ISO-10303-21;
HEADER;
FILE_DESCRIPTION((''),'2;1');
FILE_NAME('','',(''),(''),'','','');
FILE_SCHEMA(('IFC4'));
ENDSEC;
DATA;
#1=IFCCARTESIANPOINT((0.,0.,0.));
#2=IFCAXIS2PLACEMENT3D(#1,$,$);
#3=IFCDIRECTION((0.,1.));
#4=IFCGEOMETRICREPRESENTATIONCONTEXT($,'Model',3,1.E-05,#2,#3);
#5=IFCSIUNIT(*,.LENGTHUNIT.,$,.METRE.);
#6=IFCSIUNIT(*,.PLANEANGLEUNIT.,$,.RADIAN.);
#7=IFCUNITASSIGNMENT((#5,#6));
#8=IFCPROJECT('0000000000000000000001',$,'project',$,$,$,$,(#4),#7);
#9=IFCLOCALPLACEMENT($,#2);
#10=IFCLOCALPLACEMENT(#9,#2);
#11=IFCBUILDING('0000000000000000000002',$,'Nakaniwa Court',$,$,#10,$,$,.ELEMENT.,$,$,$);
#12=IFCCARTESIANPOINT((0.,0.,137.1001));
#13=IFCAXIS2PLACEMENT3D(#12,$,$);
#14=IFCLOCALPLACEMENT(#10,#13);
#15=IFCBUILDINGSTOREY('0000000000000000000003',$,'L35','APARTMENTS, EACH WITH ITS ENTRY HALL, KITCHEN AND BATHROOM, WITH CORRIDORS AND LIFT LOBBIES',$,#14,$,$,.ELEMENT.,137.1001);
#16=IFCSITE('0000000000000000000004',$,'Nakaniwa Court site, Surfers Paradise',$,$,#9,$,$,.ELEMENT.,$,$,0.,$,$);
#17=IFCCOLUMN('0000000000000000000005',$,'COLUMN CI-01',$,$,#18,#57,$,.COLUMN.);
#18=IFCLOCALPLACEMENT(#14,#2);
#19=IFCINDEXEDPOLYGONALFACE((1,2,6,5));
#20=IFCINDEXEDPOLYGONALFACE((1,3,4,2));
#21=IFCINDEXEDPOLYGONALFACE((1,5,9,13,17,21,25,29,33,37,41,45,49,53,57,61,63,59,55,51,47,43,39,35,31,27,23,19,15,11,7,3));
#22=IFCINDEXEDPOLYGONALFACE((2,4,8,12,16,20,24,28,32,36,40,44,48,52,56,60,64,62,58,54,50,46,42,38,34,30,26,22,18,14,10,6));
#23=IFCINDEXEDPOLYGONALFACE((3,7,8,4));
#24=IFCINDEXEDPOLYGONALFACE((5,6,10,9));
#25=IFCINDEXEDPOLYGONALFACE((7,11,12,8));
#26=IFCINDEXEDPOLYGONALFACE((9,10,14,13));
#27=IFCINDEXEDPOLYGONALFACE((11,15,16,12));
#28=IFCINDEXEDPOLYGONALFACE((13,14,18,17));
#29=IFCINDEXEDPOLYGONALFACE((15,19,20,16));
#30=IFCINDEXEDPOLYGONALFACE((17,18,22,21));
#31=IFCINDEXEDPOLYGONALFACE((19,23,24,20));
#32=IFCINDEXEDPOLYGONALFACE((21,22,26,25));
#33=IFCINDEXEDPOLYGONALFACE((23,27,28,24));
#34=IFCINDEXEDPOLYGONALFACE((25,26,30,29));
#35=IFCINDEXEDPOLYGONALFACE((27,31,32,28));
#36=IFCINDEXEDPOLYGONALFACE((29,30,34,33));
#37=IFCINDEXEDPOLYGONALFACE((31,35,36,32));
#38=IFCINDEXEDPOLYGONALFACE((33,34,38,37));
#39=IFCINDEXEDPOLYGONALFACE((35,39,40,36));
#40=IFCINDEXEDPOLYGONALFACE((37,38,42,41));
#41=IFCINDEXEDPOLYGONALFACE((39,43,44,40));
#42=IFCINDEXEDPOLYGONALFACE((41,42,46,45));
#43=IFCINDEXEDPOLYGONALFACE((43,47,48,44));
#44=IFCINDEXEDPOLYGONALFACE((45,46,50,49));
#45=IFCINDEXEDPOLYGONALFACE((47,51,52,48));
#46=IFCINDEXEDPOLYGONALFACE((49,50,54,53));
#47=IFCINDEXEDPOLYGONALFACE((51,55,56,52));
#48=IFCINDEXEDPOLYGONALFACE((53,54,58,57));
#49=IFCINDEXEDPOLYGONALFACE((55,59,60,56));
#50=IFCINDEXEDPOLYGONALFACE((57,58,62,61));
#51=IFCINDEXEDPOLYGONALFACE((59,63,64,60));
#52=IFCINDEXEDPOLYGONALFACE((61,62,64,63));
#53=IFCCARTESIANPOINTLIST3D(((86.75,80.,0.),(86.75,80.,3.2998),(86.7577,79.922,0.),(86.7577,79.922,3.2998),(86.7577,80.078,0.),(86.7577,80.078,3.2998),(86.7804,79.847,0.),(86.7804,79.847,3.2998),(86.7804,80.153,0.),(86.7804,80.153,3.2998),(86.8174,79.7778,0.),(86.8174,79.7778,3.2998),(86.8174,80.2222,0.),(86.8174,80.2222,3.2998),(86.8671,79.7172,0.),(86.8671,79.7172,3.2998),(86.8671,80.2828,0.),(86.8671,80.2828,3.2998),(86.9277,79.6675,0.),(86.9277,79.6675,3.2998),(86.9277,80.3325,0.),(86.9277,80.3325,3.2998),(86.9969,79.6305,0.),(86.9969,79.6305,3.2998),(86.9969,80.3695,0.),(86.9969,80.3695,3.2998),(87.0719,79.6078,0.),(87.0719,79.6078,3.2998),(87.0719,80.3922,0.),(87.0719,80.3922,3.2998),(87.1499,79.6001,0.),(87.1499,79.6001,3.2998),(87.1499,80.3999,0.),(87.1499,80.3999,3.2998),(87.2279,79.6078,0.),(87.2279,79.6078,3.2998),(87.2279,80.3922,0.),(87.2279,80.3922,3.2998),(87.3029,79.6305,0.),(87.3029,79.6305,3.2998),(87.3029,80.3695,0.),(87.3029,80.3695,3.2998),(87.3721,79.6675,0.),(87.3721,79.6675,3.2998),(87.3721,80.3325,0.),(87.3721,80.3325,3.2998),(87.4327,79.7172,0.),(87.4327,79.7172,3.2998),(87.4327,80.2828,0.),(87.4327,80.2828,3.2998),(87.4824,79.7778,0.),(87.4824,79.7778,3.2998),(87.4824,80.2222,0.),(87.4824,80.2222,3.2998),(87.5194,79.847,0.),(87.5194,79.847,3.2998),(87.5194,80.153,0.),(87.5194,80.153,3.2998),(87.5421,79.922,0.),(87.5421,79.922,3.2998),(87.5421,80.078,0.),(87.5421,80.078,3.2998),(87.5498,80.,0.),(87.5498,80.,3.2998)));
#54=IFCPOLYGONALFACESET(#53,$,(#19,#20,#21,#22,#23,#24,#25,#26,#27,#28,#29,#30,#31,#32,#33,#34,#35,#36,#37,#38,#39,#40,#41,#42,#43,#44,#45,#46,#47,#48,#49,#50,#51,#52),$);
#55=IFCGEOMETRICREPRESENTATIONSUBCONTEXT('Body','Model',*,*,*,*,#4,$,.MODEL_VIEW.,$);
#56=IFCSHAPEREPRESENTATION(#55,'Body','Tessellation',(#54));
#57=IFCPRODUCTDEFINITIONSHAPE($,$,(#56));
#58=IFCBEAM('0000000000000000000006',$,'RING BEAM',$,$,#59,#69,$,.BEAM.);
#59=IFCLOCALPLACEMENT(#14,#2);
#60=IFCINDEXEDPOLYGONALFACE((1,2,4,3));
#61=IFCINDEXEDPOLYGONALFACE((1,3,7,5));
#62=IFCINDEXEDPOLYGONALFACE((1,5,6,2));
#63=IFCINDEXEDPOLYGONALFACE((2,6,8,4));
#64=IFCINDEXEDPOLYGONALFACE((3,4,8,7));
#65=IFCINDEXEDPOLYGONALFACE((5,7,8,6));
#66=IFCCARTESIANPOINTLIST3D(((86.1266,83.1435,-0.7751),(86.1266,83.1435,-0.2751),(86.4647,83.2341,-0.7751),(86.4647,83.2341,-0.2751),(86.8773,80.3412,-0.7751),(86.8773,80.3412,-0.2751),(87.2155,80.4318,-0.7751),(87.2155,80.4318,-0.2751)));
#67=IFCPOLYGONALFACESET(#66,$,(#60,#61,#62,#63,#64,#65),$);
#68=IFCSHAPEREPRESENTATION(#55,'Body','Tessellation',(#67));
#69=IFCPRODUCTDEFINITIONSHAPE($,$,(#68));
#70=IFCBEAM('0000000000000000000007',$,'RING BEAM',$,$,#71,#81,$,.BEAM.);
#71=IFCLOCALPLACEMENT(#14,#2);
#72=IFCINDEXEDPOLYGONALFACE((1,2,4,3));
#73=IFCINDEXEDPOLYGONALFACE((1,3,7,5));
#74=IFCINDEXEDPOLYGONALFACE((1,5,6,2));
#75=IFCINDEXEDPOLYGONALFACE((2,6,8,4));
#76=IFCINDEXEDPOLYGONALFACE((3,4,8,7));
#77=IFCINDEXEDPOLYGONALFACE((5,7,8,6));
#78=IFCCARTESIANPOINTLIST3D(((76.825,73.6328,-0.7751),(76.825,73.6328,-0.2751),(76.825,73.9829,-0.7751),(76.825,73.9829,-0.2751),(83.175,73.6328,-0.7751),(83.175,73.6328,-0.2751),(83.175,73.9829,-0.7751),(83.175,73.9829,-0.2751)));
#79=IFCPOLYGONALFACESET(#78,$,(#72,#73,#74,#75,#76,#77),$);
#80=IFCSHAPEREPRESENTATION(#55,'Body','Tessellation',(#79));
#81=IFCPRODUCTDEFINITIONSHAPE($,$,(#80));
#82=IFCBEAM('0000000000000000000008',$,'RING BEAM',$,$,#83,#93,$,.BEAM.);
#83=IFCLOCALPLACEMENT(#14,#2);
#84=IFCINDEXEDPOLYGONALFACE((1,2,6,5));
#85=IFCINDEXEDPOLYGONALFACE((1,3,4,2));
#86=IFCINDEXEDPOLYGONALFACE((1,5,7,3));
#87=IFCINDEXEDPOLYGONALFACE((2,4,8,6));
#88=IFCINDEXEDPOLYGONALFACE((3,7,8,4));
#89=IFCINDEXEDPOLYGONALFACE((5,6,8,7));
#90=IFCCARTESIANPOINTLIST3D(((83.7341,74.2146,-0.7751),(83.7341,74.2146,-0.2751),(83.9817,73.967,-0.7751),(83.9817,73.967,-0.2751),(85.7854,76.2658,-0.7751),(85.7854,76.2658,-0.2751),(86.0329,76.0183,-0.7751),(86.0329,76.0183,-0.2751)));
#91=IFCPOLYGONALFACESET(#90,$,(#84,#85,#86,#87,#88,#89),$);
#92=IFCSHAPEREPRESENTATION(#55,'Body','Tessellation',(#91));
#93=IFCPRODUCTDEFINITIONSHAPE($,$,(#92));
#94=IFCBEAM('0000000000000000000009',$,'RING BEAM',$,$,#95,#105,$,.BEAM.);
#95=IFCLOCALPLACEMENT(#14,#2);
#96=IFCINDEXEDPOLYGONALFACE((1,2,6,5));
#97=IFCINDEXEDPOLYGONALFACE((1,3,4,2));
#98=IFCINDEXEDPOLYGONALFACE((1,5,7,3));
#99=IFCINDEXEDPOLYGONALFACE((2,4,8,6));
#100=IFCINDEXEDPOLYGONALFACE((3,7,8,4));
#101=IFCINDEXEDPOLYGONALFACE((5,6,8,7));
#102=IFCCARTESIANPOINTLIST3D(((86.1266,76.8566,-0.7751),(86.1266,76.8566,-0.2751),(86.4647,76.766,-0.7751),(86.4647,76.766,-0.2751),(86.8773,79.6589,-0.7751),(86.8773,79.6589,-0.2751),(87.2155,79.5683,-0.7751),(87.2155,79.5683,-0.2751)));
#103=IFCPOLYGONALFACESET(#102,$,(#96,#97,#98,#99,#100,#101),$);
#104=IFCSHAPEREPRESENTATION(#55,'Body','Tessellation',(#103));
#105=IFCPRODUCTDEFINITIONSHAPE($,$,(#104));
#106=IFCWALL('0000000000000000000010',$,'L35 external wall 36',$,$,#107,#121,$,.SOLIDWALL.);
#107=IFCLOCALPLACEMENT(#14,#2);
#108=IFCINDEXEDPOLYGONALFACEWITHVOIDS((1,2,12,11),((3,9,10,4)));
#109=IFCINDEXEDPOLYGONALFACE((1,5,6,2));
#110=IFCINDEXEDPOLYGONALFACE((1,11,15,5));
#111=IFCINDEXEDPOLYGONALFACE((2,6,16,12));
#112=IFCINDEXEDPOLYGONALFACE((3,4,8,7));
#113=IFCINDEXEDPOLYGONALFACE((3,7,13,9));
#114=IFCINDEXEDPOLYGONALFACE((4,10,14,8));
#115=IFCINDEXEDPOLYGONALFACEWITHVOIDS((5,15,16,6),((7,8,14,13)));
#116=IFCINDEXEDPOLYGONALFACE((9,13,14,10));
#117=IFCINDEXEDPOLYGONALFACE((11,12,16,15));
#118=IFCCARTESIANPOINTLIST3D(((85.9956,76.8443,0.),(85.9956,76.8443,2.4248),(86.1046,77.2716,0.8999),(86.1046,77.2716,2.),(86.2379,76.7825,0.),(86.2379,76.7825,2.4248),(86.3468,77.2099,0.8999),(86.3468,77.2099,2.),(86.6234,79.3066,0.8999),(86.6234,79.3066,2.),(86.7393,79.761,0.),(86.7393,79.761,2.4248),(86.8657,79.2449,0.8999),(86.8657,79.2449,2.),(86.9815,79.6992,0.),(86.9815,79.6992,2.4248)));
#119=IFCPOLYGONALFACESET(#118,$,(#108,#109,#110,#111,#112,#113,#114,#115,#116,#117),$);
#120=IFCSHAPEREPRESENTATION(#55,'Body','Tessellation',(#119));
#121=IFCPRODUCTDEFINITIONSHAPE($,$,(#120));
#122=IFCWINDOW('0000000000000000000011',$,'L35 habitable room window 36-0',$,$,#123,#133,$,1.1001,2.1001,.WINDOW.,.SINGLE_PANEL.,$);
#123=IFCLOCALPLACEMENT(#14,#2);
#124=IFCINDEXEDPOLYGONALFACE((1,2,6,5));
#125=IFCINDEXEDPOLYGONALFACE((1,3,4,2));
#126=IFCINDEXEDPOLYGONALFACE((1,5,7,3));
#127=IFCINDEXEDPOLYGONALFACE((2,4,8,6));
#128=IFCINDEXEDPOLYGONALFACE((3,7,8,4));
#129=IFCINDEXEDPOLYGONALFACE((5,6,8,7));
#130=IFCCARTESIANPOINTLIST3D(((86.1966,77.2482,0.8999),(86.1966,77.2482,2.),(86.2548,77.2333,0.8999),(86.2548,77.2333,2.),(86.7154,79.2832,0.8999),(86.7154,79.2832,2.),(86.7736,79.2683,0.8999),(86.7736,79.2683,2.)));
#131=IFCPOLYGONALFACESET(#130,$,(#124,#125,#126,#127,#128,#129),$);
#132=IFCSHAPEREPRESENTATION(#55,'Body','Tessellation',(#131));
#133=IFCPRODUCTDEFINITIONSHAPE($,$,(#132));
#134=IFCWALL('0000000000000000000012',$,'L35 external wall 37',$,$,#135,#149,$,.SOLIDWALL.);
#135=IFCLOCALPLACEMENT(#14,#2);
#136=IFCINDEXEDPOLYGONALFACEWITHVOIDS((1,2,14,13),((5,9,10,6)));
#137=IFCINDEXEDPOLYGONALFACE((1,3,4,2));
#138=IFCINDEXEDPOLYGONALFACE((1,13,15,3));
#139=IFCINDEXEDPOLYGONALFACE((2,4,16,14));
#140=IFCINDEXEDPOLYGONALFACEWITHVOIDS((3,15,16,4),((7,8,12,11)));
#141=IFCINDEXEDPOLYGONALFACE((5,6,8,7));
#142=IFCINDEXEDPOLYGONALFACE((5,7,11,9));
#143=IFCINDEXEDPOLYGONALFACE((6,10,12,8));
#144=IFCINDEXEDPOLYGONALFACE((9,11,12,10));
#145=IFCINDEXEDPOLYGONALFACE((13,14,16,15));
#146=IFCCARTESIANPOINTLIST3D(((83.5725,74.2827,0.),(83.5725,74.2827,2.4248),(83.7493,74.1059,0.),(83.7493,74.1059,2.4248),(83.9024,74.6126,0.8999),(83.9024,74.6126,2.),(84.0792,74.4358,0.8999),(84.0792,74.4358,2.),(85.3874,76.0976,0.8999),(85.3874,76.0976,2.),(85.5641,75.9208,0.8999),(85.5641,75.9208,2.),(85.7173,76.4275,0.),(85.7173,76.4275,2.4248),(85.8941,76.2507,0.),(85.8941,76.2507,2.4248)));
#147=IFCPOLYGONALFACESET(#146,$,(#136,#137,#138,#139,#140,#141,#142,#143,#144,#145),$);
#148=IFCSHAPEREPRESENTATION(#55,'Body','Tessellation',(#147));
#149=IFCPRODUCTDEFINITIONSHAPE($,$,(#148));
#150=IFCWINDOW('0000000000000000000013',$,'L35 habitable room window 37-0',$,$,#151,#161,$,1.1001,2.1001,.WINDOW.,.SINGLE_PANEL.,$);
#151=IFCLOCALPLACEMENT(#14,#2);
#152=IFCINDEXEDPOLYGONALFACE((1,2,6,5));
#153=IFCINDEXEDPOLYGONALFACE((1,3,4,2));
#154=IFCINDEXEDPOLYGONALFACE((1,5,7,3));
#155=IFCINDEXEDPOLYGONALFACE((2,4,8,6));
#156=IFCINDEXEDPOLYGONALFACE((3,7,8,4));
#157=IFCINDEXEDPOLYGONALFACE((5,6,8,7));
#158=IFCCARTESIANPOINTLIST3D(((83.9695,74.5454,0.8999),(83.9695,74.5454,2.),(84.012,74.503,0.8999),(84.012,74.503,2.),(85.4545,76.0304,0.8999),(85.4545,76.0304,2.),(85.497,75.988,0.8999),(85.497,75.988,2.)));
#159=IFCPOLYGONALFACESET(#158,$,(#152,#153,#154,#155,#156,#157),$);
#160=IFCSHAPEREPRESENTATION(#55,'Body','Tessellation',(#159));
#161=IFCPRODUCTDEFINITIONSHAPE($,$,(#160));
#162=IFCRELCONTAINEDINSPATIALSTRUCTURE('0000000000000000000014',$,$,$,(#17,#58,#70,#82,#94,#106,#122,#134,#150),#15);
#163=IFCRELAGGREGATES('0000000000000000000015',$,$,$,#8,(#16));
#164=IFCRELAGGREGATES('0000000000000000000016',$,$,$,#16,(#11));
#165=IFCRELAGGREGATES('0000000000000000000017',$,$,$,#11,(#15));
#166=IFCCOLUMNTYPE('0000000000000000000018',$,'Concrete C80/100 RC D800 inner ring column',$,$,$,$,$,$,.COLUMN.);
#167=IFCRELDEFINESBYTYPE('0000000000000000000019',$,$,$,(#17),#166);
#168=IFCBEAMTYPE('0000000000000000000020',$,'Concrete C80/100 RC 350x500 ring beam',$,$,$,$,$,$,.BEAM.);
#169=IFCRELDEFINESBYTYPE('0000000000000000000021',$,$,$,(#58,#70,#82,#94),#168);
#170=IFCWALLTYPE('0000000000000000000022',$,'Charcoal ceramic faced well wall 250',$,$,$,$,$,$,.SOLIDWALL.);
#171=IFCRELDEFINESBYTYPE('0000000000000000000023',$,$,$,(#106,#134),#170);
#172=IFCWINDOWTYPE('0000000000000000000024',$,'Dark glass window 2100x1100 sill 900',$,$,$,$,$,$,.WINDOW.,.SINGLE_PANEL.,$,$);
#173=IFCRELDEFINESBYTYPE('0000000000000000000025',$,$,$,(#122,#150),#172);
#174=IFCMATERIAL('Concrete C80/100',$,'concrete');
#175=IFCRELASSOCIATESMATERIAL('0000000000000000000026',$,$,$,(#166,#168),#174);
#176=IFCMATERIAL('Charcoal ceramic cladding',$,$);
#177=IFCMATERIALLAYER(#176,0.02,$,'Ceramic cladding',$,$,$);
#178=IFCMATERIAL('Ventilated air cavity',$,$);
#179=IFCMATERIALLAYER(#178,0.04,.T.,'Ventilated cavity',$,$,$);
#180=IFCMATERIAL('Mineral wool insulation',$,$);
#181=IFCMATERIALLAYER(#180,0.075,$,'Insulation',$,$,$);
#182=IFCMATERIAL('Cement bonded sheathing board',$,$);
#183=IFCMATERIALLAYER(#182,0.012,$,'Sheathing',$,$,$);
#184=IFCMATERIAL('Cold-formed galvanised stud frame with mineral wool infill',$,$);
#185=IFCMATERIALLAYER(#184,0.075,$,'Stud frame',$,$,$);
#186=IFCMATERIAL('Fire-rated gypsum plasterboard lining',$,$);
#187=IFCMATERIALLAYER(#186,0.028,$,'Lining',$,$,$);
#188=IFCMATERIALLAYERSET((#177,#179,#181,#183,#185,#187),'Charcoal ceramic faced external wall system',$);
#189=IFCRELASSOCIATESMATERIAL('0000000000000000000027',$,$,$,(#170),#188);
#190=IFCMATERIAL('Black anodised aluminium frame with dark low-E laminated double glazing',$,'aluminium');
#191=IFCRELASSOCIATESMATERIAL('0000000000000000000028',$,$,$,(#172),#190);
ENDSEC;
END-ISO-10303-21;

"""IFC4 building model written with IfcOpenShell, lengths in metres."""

from ifc_helpers import new_model, si_unit, direction, frame, frame_2d, origin, origin_2d, place, context, subcontext, project, spatial, rectangle, circle, extrude, material, layer, layer_set, material_profile, profile_set, type_object, element, fill, save


model = new_model("IFC4")

# Units and contexts
model_context = context("Model", 3, precision=1e-05, world=origin(), true_north=direction((0.0, 1.0)))
body_context = subcontext(model_context, "Body", "Model", "MODEL_VIEW")
ifc_project = project(units=[si_unit("LENGTHUNIT", "METRE"), si_unit("PLANEANGLEUNIT", "RADIAN")], contexts=[model_context])

# Site, building, storey
site_placement = place(None, origin())
site = spatial("IfcSite", under=ifc_project, at=site_placement, Name="Nakaniwa Court site, Surfers Paradise", CompositionType="ELEMENT", RefElevation=0.0)
building_placement = place(site_placement, origin())
building = spatial("IfcBuilding", under=site, at=building_placement, Name="Nakaniwa Court", CompositionType="ELEMENT")
storey_placement = place(building_placement, frame((0.0, 0.0, 137.1001)))
storey = spatial("IfcBuildingStorey", under=building, at=storey_placement, Name="L35", Description="APARTMENTS, EACH WITH ITS ENTRY HALL, KITCHEN AND BATHROOM, WITH CORRIDORS AND LIFT LOBBIES", CompositionType="ELEMENT", Elevation=137.1001)

# Column
ifc_material_1 = material(Name="Concrete C80/100", Category="concrete")
ifc_material_profile_1 = material_profile(ifc_material_1, circle(Radius=0.3999, at=origin_2d()), Name="Concrete C80/100 RC D800 inner ring column")
ifc_profile_set_1 = profile_set([ifc_material_profile_1], Name="Concrete C80/100")
column_type = type_object("IfcColumnType", Name="Concrete C80/100 RC D800 inner ring column", PredefinedType="COLUMN", material=ifc_profile_set_1)
for number, where, z_axis, x_axis, name in (
    (1, (87.1499, 80.0, 0.0), (0.0, 0.0, 1.0), (0.0, 1.0, 0.0), "COLUMN CI-01"),
):
    element("IfcColumn", number, at=place(storey_placement, frame(where, z_axis=z_axis, x_axis=x_axis)), inside=storey, type_object=column_type, Name=name, PredefinedType="COLUMN", context=body_context, shape_type="SweptSolid", body=[
        extrude(circle(Radius=0.3999, at=origin_2d()), origin(), (0.0, 0.0, 1.0), 3.2998),
    ])

# Beams
ifc_material_profile_2 = material_profile(ifc_material_1, rectangle(XDim=0.3501, YDim=0.5, at=origin_2d()), Name="Concrete C80/100 RC 350x500 ring beam")
ifc_profile_set_2 = profile_set([ifc_material_profile_2], Name="Concrete C80/100")
beam_type = type_object("IfcBeamType", Name="Concrete C80/100 RC 350x500 ring beam", PredefinedType="BEAM", material=ifc_profile_set_2)
beam_1_placement = place(storey_placement, frame((87.0464, 80.3865, -0.5251), z_axis=(-0.258778, 0.965937, 0.0), x_axis=(-0.965937, -0.258778, 0.0)))
element("IfcBeam", 2, at=beam_1_placement, inside=storey, type_object=beam_type, Name="RING BEAM", PredefinedType="BEAM", context=body_context, shape_type="SweptSolid", body=[
    extrude(rectangle(XDim=0.3501, YDim=0.5, at=origin_2d()), origin(), (0.0, 0.0, 1.0), 2.9011),
])
beam_2_placement = place(storey_placement, frame((76.825, 73.8079, -0.5251), z_axis=(1.0, 0.0, 0.0), x_axis=(0.0, 1.0, 0.0)))
element("IfcBeam", 3, at=beam_2_placement, inside=storey, type_object=beam_type, Name="RING BEAM", PredefinedType="BEAM", context=body_context, shape_type="SweptSolid", body=[
    extrude(rectangle(XDim=0.3501, YDim=0.5, at=origin_2d()), origin(), (0.0, 0.0, 1.0), 6.3501),
])
beam_3_placement = place(storey_placement, frame((83.8579, 74.0908, -0.5251), z_axis=(0.707107, 0.707107, 0.0), x_axis=(-0.707107, 0.707107, 0.0)))
element("IfcBeam", 4, at=beam_3_placement, inside=storey, type_object=beam_type, Name="RING BEAM", PredefinedType="BEAM", context=body_context, shape_type="SweptSolid", body=[
    extrude(rectangle(XDim=0.3501, YDim=0.5, at=origin_2d()), origin(), (0.0, 0.0, 1.0), 2.9009),
])
beam_4_placement = place(storey_placement, frame((86.2957, 76.8113, -0.5251), z_axis=(0.258778, 0.965937, 0.0), x_axis=(-0.965937, 0.258778, 0.0)))
element("IfcBeam", 5, at=beam_4_placement, inside=storey, type_object=beam_type, Name="RING BEAM", PredefinedType="BEAM", context=body_context, shape_type="SweptSolid", body=[
    extrude(rectangle(XDim=0.3501, YDim=0.5, at=origin_2d()), origin(), (0.0, 0.0, 1.0), 2.9011),
])

# Walls, openings, windows
ifc_material_2 = material(Name="Charcoal ceramic cladding")
ifc_layer_1 = layer(ifc_material_2, 0.02, Name="Ceramic cladding")
ifc_material_3 = material(Name="Ventilated air cavity")
ifc_layer_2 = layer(ifc_material_3, 0.04, ventilated=True, Name="Ventilated cavity")
ifc_material_4 = material(Name="Mineral wool insulation")
ifc_layer_3 = layer(ifc_material_4, 0.075, Name="Insulation")
ifc_material_5 = material(Name="Cement bonded sheathing board")
ifc_layer_4 = layer(ifc_material_5, 0.012, Name="Sheathing")
ifc_material_6 = material(Name="Cold-formed galvanised stud frame with mineral wool infill")
ifc_layer_5 = layer(ifc_material_6, 0.075, Name="Stud frame")
ifc_material_7 = material(Name="Fire-rated gypsum plasterboard lining")
ifc_layer_6 = layer(ifc_material_7, 0.028, Name="Lining")
ifc_layer_set = layer_set([ifc_layer_1, ifc_layer_2, ifc_layer_3, ifc_layer_4, ifc_layer_5, ifc_layer_6], Name="Charcoal ceramic faced external wall system")
wall_type = type_object("IfcWallType", Name="Charcoal ceramic faced well wall 250", PredefinedType="SOLIDWALL", material=ifc_layer_set)
wall_1_placement = place(storey_placement, frame((86.8604, 79.73, 0.0), z_axis=(0.0, 0.0, 1.0), x_axis=(-0.247056, -0.969001, 0.0)))
wall_1 = element("IfcWall", 6, at=wall_1_placement, inside=storey, type_object=wall_type, Name="L35 external wall 36", PredefinedType="SOLIDWALL", context=body_context, shape_type="SweptSolid", body=[
    extrude(rectangle(XDim=3.01, YDim=0.25, at=frame_2d((1.5049, 0.0))), origin(), (0.0, 0.0, 1.0), 2.4248),
])
opening_1_placement = place(wall_1_placement, frame((0.4688, 0.0, 0.8999)))
opening_1 = element("IfcOpeningElement", 7, at=opening_1_placement, cuts=wall_1, PredefinedType="OPENING", context=body_context, shape_type="SweptSolid", body=[
    extrude(rectangle(XDim=2.1001, YDim=1.1001, at=frame_2d((1.05, 0.55))), frame((0.0, 0.135, 0.0), z_axis=(0.0, -1.0, 0.0), x_axis=(1.0, 0.0, 0.0)), (0.0, 0.0, 1.0), 0.27),
])
ifc_material_8 = material(Name="Black anodised aluminium frame with dark low-E laminated double glazing", Category="aluminium")
window_type = type_object("IfcWindowType", Name="Dark glass window 2100x1100 sill 900", PartitioningType="SINGLE_PANEL", PredefinedType="WINDOW", material=ifc_material_8)
window_1_placement = place(opening_1_placement, origin())
window_1 = element("IfcWindow", 8, at=window_1_placement, inside=storey, type_object=window_type, Name="L35 habitable room window 36-0", OverallHeight=1.1001, OverallWidth=2.1001, PartitioningType="SINGLE_PANEL", PredefinedType="WINDOW", context=body_context, shape_type="SweptSolid", body=[
    extrude(rectangle(XDim=2.1001, YDim=1.1001, at=frame_2d((1.05, 0.55))), frame((0.0, 0.03, 0.0), z_axis=(0.0, -1.0, 0.0), x_axis=(1.0, 0.0, 0.0)), (0.0, 0.0, 1.0), 0.0601),
])
fill(opening_1, window_1)
wall_2_placement = place(storey_placement, frame((85.8057, 76.3391, 0.0), z_axis=(0.0, 0.0, 1.0), x_axis=(-0.707107, -0.707107, 0.0)))
wall_2 = element("IfcWall", 9, at=wall_2_placement, inside=storey, type_object=wall_type, Name="L35 external wall 37", PredefinedType="SOLIDWALL", context=body_context, shape_type="SweptSolid", body=[
    extrude(rectangle(XDim=3.0332, YDim=0.25, at=frame_2d((1.5166, 0.0))), origin(), (0.0, 0.0, 1.0), 2.4248),
])
opening_2_placement = place(wall_2_placement, frame((0.4666, 0.0, 0.8999)))
opening_2 = element("IfcOpeningElement", 10, at=opening_2_placement, cuts=wall_2, PredefinedType="OPENING", context=body_context, shape_type="SweptSolid", body=[
    extrude(rectangle(XDim=2.1001, YDim=1.1001, at=frame_2d((1.05, 0.55))), frame((0.0, 0.135, 0.0), z_axis=(0.0, -1.0, 0.0), x_axis=(1.0, 0.0, 0.0)), (0.0, 0.0, 1.0), 0.27),
])
window_2_placement = place(opening_2_placement, origin())
window_2 = element("IfcWindow", 11, at=window_2_placement, inside=storey, type_object=window_type, Name="L35 habitable room window 37-0", OverallHeight=1.1001, OverallWidth=2.1001, PartitioningType="SINGLE_PANEL", PredefinedType="WINDOW", context=body_context, shape_type="SweptSolid", body=[
    extrude(rectangle(XDim=2.1001, YDim=1.1001, at=frame_2d((1.05, 0.55))), frame((0.0, 0.03, 0.0), z_axis=(0.0, -1.0, 0.0), x_axis=(1.0, 0.0, 0.0)), (0.0, 0.0, 1.0), 0.0601),
])
fill(opening_2, window_2)

save(model, "model.ifc")
